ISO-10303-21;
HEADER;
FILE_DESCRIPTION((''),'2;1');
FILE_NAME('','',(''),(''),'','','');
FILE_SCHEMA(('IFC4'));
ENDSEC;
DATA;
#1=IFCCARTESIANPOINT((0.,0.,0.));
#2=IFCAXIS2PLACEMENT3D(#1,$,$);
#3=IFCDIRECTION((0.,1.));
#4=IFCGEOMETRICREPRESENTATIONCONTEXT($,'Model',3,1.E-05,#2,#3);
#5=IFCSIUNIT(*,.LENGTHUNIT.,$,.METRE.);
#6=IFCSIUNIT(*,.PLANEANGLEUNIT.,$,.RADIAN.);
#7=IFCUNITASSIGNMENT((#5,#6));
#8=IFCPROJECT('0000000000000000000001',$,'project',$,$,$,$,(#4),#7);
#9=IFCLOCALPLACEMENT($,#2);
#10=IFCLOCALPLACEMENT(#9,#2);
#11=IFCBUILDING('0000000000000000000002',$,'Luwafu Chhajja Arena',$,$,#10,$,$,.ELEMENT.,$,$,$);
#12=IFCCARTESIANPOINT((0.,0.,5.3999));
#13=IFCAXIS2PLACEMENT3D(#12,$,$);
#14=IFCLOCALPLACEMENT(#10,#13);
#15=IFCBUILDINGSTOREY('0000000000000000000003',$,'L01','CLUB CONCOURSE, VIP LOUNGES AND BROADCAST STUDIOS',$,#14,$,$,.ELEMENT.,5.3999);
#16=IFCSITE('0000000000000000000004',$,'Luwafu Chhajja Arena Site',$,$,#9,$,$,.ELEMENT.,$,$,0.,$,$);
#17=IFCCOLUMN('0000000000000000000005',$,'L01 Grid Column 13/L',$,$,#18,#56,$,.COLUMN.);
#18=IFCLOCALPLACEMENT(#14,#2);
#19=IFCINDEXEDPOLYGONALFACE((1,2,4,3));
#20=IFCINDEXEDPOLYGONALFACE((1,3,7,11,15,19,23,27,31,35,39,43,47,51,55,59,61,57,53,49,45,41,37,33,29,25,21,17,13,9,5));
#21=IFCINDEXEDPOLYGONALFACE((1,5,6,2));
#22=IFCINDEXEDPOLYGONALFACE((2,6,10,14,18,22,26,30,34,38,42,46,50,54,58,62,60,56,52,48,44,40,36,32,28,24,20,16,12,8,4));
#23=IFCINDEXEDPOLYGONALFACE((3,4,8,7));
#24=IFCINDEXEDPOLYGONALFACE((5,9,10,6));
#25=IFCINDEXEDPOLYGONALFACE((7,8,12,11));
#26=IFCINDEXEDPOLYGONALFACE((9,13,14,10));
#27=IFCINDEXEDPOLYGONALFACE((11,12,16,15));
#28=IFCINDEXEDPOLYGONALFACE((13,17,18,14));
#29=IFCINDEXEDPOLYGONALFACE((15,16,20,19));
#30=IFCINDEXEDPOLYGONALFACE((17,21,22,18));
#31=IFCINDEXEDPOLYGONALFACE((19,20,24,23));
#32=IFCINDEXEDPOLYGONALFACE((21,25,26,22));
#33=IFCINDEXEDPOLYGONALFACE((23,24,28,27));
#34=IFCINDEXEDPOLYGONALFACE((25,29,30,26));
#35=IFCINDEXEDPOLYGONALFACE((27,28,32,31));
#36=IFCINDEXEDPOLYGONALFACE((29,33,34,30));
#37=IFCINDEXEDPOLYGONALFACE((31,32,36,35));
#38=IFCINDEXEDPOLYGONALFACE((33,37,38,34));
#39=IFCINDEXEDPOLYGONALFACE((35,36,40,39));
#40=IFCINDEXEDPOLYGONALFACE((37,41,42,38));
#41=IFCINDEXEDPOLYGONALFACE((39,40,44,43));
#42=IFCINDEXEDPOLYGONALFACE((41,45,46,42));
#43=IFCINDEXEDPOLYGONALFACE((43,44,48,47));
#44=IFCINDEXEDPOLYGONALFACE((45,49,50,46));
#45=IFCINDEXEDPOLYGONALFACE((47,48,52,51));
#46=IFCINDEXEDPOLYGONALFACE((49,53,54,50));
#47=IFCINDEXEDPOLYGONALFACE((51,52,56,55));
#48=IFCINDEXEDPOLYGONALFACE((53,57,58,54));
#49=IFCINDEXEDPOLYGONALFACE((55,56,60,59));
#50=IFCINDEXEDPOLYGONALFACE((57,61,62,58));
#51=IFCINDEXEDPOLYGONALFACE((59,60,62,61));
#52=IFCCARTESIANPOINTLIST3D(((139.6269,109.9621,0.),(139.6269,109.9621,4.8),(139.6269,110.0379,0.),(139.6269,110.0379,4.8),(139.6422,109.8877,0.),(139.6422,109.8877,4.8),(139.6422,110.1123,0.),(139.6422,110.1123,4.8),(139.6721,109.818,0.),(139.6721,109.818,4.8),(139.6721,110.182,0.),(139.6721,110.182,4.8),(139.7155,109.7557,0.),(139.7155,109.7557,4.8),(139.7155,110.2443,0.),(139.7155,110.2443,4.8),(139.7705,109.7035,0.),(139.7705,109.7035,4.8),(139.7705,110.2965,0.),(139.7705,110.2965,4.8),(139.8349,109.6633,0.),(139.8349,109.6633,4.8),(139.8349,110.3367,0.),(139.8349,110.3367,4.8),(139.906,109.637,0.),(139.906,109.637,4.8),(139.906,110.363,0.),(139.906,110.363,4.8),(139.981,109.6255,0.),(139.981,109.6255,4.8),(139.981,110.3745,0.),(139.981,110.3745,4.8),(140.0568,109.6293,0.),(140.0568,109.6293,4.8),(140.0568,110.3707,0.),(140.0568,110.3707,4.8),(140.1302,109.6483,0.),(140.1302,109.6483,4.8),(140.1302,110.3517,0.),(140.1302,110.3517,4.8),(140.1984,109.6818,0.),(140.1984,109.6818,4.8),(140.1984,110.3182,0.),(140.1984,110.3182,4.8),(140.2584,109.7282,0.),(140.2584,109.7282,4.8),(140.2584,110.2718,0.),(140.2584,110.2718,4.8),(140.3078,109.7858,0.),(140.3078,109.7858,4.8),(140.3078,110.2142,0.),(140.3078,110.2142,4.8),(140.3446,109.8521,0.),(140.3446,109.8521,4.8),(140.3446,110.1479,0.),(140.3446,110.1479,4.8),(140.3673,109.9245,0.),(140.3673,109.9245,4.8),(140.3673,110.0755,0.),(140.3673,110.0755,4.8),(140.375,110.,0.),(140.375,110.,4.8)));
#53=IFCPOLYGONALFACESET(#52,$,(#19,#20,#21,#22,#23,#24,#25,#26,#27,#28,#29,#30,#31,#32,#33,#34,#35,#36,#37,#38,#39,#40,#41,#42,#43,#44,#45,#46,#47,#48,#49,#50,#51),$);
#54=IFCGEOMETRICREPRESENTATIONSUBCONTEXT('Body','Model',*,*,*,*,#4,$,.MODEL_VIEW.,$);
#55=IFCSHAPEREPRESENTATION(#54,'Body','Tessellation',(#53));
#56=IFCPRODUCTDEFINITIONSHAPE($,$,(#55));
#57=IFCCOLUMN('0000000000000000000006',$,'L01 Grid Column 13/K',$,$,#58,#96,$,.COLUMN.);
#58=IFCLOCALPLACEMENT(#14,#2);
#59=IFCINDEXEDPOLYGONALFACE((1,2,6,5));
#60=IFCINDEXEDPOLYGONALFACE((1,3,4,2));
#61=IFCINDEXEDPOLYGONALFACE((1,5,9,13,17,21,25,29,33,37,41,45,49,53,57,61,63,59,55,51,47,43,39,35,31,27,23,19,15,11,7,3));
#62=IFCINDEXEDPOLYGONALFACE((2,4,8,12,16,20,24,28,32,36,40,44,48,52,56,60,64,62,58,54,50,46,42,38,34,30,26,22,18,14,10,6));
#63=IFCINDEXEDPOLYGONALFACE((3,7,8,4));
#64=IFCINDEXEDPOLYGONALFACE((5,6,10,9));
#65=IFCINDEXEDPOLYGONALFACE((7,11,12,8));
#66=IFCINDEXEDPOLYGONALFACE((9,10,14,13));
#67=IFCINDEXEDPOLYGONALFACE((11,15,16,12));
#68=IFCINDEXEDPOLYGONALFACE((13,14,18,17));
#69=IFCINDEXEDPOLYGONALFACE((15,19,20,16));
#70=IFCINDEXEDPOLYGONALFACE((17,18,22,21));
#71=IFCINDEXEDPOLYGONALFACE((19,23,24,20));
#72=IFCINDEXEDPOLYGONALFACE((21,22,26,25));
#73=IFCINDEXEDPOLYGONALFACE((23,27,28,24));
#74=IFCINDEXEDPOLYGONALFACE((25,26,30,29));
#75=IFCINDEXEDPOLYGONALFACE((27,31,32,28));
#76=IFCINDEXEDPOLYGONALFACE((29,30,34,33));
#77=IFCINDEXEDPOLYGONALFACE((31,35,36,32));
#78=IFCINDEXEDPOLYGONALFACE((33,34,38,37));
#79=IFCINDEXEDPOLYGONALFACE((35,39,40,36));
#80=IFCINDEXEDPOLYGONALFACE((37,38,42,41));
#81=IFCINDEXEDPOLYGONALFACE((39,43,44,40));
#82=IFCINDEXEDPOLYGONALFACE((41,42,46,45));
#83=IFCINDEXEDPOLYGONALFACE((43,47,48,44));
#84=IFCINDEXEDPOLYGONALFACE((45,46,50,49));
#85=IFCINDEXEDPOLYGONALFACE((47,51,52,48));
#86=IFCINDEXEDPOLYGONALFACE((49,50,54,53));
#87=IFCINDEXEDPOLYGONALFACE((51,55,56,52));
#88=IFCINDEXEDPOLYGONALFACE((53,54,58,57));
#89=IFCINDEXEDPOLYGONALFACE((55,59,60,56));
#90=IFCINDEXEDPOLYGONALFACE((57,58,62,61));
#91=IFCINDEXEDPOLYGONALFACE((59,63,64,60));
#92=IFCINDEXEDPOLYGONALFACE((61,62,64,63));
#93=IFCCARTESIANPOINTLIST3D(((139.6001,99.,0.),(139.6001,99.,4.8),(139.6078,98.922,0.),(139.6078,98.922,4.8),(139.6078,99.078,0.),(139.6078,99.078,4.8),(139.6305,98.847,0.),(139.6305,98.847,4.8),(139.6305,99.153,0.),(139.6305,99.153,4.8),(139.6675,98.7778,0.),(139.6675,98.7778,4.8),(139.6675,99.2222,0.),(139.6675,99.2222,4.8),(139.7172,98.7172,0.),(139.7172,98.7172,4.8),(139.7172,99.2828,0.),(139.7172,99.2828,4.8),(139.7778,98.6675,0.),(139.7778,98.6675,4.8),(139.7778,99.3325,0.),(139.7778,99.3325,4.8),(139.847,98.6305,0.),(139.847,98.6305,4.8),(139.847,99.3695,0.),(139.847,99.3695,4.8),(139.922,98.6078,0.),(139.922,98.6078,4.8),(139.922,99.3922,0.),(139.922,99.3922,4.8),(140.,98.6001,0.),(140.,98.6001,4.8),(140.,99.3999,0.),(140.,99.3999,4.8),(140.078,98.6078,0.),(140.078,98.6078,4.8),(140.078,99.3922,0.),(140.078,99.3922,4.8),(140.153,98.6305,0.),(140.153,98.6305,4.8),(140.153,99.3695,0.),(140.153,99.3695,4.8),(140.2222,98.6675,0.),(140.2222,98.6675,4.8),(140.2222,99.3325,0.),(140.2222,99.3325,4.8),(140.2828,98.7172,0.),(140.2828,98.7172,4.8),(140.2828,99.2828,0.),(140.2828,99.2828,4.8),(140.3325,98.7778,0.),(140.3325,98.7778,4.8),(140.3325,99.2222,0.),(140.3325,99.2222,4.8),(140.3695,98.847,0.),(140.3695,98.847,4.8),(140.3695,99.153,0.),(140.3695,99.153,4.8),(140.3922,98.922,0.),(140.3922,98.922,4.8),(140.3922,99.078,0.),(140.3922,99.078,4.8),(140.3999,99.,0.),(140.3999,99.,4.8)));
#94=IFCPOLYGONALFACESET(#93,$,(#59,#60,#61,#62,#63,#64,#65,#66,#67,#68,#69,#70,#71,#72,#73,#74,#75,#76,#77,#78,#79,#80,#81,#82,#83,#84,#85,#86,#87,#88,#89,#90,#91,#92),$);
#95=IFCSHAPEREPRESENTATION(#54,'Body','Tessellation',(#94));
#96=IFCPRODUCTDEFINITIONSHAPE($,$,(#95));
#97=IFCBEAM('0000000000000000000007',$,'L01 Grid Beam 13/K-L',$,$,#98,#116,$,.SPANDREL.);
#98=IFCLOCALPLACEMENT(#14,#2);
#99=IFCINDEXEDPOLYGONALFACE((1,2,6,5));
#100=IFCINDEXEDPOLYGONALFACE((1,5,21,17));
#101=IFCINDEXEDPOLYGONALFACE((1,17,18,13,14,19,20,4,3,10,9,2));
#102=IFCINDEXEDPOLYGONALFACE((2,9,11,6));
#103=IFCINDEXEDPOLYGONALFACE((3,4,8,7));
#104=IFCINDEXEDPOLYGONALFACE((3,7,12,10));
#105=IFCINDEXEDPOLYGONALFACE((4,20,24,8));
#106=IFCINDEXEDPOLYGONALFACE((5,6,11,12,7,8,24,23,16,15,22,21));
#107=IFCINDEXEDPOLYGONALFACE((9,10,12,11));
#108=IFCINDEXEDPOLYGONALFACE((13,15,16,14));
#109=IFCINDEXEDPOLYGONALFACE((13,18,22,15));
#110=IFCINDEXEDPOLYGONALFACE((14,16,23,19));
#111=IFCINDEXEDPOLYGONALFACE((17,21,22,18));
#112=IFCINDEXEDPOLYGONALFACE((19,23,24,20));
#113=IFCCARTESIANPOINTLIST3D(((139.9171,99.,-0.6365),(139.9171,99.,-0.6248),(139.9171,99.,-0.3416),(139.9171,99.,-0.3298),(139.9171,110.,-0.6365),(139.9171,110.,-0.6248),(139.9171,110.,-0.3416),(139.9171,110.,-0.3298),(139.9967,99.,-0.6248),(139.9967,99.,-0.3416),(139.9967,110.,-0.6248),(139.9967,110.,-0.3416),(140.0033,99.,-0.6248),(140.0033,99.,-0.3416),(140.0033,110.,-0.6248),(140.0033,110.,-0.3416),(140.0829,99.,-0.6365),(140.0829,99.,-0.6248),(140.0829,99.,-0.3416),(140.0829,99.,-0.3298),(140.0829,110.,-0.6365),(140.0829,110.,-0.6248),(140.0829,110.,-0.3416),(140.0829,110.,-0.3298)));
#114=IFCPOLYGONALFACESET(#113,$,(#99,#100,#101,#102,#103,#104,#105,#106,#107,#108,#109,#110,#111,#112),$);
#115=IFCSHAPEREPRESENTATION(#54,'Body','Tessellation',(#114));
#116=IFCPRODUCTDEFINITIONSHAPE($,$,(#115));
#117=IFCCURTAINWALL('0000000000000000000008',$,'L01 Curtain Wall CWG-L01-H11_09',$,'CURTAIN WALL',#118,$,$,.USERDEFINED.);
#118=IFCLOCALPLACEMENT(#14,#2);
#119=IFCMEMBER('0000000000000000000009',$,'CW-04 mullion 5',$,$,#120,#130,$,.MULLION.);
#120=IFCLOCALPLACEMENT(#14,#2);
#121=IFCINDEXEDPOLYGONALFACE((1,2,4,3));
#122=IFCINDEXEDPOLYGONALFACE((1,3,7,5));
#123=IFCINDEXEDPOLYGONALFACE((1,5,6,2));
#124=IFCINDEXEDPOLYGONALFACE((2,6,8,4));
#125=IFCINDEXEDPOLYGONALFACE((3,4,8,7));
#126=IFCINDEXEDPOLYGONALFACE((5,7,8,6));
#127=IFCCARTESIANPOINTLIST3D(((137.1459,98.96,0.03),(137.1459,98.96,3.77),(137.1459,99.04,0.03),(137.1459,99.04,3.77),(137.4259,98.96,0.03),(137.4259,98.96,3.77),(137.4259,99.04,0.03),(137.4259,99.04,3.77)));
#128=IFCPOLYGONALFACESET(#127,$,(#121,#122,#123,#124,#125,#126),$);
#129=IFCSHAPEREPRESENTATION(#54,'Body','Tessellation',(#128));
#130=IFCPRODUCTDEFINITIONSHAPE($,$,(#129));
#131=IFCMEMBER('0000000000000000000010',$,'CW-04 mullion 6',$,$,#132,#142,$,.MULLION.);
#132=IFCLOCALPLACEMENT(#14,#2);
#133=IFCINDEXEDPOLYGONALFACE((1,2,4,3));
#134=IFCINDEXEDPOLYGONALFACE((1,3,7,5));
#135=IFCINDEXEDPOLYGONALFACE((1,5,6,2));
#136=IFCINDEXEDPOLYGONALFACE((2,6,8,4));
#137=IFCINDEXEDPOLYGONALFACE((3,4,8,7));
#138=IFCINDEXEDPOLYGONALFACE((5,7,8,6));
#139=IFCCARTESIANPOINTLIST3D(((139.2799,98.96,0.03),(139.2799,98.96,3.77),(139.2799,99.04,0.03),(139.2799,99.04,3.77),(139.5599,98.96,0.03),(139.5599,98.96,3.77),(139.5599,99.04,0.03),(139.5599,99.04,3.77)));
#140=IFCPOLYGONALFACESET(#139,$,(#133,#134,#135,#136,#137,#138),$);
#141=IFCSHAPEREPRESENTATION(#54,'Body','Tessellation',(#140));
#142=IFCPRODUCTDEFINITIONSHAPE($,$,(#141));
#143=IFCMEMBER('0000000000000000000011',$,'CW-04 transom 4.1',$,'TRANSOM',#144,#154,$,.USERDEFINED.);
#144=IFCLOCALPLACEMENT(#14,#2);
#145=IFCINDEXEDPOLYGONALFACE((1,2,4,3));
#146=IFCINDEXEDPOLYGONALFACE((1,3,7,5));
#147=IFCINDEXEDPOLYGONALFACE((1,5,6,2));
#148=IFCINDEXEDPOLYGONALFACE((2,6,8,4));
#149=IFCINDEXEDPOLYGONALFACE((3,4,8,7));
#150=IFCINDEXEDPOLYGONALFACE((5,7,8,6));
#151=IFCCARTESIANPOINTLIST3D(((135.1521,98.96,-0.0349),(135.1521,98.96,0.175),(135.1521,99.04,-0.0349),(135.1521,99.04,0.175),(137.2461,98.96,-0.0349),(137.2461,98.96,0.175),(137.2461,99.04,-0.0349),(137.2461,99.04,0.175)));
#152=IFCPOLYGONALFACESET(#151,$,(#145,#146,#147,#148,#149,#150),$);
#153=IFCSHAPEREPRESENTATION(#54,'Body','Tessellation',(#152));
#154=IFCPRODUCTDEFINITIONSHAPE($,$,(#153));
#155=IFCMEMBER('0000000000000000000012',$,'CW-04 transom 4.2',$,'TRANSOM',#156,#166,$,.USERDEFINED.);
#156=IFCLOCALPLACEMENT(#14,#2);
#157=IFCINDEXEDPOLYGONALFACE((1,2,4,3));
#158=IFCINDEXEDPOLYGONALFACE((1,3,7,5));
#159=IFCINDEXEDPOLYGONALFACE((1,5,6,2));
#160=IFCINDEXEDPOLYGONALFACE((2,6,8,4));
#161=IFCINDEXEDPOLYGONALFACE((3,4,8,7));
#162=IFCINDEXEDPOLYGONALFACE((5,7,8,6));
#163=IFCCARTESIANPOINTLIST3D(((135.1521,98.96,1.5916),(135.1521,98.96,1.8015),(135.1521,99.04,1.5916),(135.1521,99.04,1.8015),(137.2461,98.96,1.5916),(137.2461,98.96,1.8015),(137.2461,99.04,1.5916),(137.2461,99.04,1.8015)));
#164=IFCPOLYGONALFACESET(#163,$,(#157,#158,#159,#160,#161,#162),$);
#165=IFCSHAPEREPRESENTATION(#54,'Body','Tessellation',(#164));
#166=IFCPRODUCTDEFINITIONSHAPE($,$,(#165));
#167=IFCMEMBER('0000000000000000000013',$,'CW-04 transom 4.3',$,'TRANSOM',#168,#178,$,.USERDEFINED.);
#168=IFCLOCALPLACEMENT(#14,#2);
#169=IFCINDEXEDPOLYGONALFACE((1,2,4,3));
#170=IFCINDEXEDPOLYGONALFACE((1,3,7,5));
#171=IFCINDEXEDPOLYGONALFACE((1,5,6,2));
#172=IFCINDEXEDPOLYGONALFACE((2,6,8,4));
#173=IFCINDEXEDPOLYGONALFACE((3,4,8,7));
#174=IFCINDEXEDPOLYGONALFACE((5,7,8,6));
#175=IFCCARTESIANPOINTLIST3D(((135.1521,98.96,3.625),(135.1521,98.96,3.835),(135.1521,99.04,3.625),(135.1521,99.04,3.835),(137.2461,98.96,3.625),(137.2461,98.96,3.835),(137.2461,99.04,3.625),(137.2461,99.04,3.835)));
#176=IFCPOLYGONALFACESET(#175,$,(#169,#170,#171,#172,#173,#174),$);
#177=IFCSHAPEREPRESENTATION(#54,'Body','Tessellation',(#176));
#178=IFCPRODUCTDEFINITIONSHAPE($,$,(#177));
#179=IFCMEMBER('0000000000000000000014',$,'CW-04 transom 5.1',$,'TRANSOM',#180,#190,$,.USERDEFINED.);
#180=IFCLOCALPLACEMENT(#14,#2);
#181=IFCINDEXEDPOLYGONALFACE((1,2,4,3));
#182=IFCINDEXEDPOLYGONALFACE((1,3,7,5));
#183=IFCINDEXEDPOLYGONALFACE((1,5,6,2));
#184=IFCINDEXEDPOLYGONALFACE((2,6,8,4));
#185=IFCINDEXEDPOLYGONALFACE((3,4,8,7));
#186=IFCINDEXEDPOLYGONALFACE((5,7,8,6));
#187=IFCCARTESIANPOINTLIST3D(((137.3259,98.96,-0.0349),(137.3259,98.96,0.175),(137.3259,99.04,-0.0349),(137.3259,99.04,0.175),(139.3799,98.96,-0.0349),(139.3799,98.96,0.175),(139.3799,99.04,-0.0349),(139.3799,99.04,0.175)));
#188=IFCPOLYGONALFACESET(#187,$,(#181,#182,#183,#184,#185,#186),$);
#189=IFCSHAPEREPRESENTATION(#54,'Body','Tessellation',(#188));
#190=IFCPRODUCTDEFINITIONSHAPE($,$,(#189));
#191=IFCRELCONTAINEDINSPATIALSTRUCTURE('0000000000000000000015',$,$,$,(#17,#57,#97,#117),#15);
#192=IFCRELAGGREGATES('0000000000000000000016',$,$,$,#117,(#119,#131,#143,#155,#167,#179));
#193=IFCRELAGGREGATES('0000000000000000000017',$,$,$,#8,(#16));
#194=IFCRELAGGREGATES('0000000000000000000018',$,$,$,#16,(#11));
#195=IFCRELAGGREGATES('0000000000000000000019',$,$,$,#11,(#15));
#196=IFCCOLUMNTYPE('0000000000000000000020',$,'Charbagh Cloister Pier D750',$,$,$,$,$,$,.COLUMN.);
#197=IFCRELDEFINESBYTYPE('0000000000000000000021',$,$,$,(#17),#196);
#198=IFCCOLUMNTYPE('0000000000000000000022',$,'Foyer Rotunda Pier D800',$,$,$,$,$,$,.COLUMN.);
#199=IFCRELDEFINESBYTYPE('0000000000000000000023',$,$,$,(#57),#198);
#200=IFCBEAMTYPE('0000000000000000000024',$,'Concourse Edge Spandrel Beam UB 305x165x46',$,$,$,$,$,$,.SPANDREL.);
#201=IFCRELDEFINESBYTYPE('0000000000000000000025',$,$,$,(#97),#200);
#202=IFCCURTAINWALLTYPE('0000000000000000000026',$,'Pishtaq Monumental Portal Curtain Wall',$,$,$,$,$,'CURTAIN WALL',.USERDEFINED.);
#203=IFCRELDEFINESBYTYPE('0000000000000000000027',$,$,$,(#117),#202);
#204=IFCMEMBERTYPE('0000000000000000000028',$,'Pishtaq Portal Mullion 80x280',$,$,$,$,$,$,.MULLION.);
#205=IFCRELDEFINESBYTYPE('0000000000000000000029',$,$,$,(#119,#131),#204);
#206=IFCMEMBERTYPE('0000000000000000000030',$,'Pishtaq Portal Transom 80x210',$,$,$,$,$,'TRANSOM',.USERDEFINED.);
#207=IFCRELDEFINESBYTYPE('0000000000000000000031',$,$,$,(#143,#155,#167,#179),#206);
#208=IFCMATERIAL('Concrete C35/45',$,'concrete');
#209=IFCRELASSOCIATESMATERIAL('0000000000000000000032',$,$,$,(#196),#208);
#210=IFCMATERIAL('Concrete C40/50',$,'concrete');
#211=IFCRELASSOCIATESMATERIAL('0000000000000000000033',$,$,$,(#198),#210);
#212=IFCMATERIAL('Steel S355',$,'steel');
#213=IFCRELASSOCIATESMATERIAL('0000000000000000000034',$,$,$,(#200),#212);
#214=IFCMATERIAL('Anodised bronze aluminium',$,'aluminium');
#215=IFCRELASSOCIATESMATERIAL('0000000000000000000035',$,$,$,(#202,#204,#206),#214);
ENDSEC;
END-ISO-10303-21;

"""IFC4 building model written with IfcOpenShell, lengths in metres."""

from ifc_helpers import new_model, si_unit, direction, frame, origin, origin_2d, place, context, subcontext, project, spatial, rectangle, circle, i_section, extrude, material, material_profile, profile_set, type_object, element, aggregate, save


model = new_model("IFC4")

# Units and contexts
model_context = context("Model", 3, precision=1e-05, world=origin(), true_north=direction((0.0, 1.0)))
body_context = subcontext(model_context, "Body", "Model", "MODEL_VIEW")
ifc_project = project(units=[si_unit("LENGTHUNIT", "METRE"), si_unit("PLANEANGLEUNIT", "RADIAN")], contexts=[model_context])

# Site, building, storey
site_placement = place(None, origin())
site = spatial("IfcSite", under=ifc_project, at=site_placement, Name="Luwafu Chhajja Arena Site", CompositionType="ELEMENT", RefElevation=0.0)
building_placement = place(site_placement, origin())
building = spatial("IfcBuilding", under=site, at=building_placement, Name="Luwafu Chhajja Arena", CompositionType="ELEMENT")
storey_placement = place(building_placement, frame((0.0, 0.0, 5.3999)))
storey = spatial("IfcBuildingStorey", under=building, at=storey_placement, Name="L01", Description="CLUB CONCOURSE, VIP LOUNGES AND BROADCAST STUDIOS", CompositionType="ELEMENT", Elevation=5.3999)

# Columns
ifc_material_1 = material(Name="Concrete C35/45", Category="concrete")
ifc_material_profile_1 = material_profile(ifc_material_1, circle(Radius=0.375, at=origin_2d()), Name="RC COL D750")
ifc_profile_set_1 = profile_set([ifc_material_profile_1], Name="Concrete C35/45")
column_type_1 = type_object("IfcColumnType", Name="Charbagh Cloister Pier D750", PredefinedType="COLUMN", material=ifc_profile_set_1)
column_1_placement = place(storey_placement, frame((140.0, 110.0, 0.0), z_axis=(0.0, 0.0, 1.0), x_axis=(1.0, 0.0, 0.0)))
element("IfcColumn", 1, at=column_1_placement, inside=storey, type_object=column_type_1, Name="L01 Grid Column 13/L", PredefinedType="COLUMN", context=body_context, shape_type="SweptSolid", body=[
    extrude(circle(Radius=0.375, at=origin_2d()), origin(), (0.0, 0.0, 1.0), 4.8),
])
ifc_material_2 = material(Name="Concrete C40/50", Category="concrete")
ifc_material_profile_2 = material_profile(ifc_material_2, circle(Radius=0.3999, at=origin_2d()), Name="RC COL D800")
ifc_profile_set_2 = profile_set([ifc_material_profile_2], Name="Concrete C40/50")
column_type_2 = type_object("IfcColumnType", Name="Foyer Rotunda Pier D800", PredefinedType="COLUMN", material=ifc_profile_set_2)
column_2_placement = place(storey_placement, frame((140.0, 99.0, 0.0), z_axis=(0.0, 0.0, 1.0), x_axis=(1.0, 0.0, 0.0)))
element("IfcColumn", 2, at=column_2_placement, inside=storey, type_object=column_type_2, Name="L01 Grid Column 13/K", PredefinedType="COLUMN", context=body_context, shape_type="SweptSolid", body=[
    extrude(circle(Radius=0.3999, at=origin_2d()), origin(), (0.0, 0.0, 1.0), 4.8),
])

# Beam
ifc_material_3 = material(Name="Steel S355", Category="steel")
ifc_material_profile_3 = material_profile(ifc_material_3, i_section(OverallWidth=0.1658, OverallDepth=0.3066, WebThickness=0.0066, FlangeThickness=0.0117, at=origin_2d()), Name="UB 305x165x46")
ifc_profile_set_3 = profile_set([ifc_material_profile_3], Name="Steel S355")
beam_type_1 = type_object("IfcBeamType", Name="Concourse Edge Spandrel Beam UB 305x165x46", PredefinedType="SPANDREL", material=ifc_profile_set_3)
beam_1_placement = place(storey_placement, frame((140.0, 99.0, -0.4832), z_axis=(0.0, 1.0, 0.0), x_axis=(-1.0, 0.0, 0.0)))
element("IfcBeam", 3, at=beam_1_placement, inside=storey, type_object=beam_type_1, Name="L01 Grid Beam 13/K-L", PredefinedType="SPANDREL", context=body_context, shape_type="SweptSolid", body=[
    extrude(i_section(OverallWidth=0.1658, OverallDepth=0.3066, WebThickness=0.0066, FlangeThickness=0.0117, at=origin_2d()), origin(), (0.0, 0.0, 1.0), 11.0),
])

# Curtain wall, members
ifc_material_4 = material(Name="Anodised bronze aluminium", Category="aluminium")
curtain_wall_type = type_object("IfcCurtainWallType", Name="Pishtaq Monumental Portal Curtain Wall", ElementType="CURTAIN WALL", PredefinedType="USERDEFINED", material=ifc_material_4)
curtain_wall_placement = place(storey_placement, origin())
curtain_wall = element("IfcCurtainWall", 4, at=curtain_wall_placement, inside=storey, type_object=curtain_wall_type, Name="L01 Curtain Wall CWG-L01-H11_09", ObjectType="CURTAIN WALL", PredefinedType="USERDEFINED")
ifc_material_profile_4 = material_profile(ifc_material_4, rectangle(XDim=0.0801, YDim=0.28, at=origin_2d()), Name="CWM 80x280")
ifc_profile_set_4 = profile_set([ifc_material_profile_4], Name="Anodised bronze aluminium")
member_type_1 = type_object("IfcMemberType", Name="Pishtaq Portal Mullion 80x280", PredefinedType="MULLION", material=ifc_profile_set_4)
member_1_placement = place(storey_placement, frame((137.2859, 99.0, 0.03), z_axis=(0.0, 0.0, 1.0), x_axis=(0.0, 1.0, 0.0)))
member_1 = element("IfcMember", 5, at=member_1_placement, type_object=member_type_1, Name="CW-04 mullion 5", PredefinedType="MULLION", context=body_context, shape_type="SweptSolid", body=[
    extrude(rectangle(XDim=0.0801, YDim=0.28, at=origin_2d()), origin(), (0.0, 0.0, 1.0), 3.74),
])
member_2_placement = place(storey_placement, frame((139.4199, 99.0, 0.03), z_axis=(0.0, 0.0, 1.0), x_axis=(0.0, 1.0, 0.0)))
member_2 = element("IfcMember", 6, at=member_2_placement, type_object=member_type_1, Name="CW-04 mullion 6", PredefinedType="MULLION", context=body_context, shape_type="SweptSolid", body=[
    extrude(rectangle(XDim=0.0801, YDim=0.28, at=origin_2d()), origin(), (0.0, 0.0, 1.0), 3.74),
])
ifc_material_profile_5 = material_profile(ifc_material_4, rectangle(XDim=0.0801, YDim=0.21, at=origin_2d()), Name="CWT 80x210")
ifc_profile_set_5 = profile_set([ifc_material_profile_5], Name="Anodised bronze aluminium")
member_type_2 = type_object("IfcMemberType", Name="Pishtaq Portal Transom 80x210", ElementType="TRANSOM", PredefinedType="USERDEFINED", material=ifc_profile_set_5)
member_3_placement = place(storey_placement, frame((135.1521, 99.0, 0.0701), z_axis=(1.0, 0.0, 0.0), x_axis=(0.0, 1.0, 0.0)))
member_3 = element("IfcMember", 7, at=member_3_placement, type_object=member_type_2, Name="CW-04 transom 4.1", ObjectType="TRANSOM", PredefinedType="USERDEFINED", context=body_context, shape_type="SweptSolid", body=[
    extrude(rectangle(XDim=0.0801, YDim=0.21, at=origin_2d()), origin(), (0.0, 0.0, 1.0), 2.094),
])
member_4_placement = place(storey_placement, frame((135.1521, 99.0, 1.6965), z_axis=(1.0, 0.0, 0.0), x_axis=(0.0, 1.0, 0.0)))
member_4 = element("IfcMember", 8, at=member_4_placement, type_object=member_type_2, Name="CW-04 transom 4.2", ObjectType="TRANSOM", PredefinedType="USERDEFINED", context=body_context, shape_type="SweptSolid", body=[
    extrude(rectangle(XDim=0.0801, YDim=0.21, at=origin_2d()), origin(), (0.0, 0.0, 1.0), 2.094),
])
member_5_placement = place(storey_placement, frame((135.1521, 99.0, 3.73), z_axis=(1.0, 0.0, 0.0), x_axis=(0.0, 1.0, 0.0)))
member_5 = element("IfcMember", 9, at=member_5_placement, type_object=member_type_2, Name="CW-04 transom 4.3", ObjectType="TRANSOM", PredefinedType="USERDEFINED", context=body_context, shape_type="SweptSolid", body=[
    extrude(rectangle(XDim=0.0801, YDim=0.21, at=origin_2d()), origin(), (0.0, 0.0, 1.0), 2.094),
])
member_6_placement = place(storey_placement, frame((137.3259, 99.0, 0.0701), z_axis=(1.0, 0.0, 0.0), x_axis=(0.0, 1.0, 0.0)))
member_6 = element("IfcMember", 10, at=member_6_placement, type_object=member_type_2, Name="CW-04 transom 5.1", ObjectType="TRANSOM", PredefinedType="USERDEFINED", context=body_context, shape_type="SweptSolid", body=[
    extrude(rectangle(XDim=0.0801, YDim=0.21, at=origin_2d()), origin(), (0.0, 0.0, 1.0), 2.054),
])

aggregate(curtain_wall, [member_1, member_2, member_3, member_4, member_5, member_6])

save(model, "model.ifc")
